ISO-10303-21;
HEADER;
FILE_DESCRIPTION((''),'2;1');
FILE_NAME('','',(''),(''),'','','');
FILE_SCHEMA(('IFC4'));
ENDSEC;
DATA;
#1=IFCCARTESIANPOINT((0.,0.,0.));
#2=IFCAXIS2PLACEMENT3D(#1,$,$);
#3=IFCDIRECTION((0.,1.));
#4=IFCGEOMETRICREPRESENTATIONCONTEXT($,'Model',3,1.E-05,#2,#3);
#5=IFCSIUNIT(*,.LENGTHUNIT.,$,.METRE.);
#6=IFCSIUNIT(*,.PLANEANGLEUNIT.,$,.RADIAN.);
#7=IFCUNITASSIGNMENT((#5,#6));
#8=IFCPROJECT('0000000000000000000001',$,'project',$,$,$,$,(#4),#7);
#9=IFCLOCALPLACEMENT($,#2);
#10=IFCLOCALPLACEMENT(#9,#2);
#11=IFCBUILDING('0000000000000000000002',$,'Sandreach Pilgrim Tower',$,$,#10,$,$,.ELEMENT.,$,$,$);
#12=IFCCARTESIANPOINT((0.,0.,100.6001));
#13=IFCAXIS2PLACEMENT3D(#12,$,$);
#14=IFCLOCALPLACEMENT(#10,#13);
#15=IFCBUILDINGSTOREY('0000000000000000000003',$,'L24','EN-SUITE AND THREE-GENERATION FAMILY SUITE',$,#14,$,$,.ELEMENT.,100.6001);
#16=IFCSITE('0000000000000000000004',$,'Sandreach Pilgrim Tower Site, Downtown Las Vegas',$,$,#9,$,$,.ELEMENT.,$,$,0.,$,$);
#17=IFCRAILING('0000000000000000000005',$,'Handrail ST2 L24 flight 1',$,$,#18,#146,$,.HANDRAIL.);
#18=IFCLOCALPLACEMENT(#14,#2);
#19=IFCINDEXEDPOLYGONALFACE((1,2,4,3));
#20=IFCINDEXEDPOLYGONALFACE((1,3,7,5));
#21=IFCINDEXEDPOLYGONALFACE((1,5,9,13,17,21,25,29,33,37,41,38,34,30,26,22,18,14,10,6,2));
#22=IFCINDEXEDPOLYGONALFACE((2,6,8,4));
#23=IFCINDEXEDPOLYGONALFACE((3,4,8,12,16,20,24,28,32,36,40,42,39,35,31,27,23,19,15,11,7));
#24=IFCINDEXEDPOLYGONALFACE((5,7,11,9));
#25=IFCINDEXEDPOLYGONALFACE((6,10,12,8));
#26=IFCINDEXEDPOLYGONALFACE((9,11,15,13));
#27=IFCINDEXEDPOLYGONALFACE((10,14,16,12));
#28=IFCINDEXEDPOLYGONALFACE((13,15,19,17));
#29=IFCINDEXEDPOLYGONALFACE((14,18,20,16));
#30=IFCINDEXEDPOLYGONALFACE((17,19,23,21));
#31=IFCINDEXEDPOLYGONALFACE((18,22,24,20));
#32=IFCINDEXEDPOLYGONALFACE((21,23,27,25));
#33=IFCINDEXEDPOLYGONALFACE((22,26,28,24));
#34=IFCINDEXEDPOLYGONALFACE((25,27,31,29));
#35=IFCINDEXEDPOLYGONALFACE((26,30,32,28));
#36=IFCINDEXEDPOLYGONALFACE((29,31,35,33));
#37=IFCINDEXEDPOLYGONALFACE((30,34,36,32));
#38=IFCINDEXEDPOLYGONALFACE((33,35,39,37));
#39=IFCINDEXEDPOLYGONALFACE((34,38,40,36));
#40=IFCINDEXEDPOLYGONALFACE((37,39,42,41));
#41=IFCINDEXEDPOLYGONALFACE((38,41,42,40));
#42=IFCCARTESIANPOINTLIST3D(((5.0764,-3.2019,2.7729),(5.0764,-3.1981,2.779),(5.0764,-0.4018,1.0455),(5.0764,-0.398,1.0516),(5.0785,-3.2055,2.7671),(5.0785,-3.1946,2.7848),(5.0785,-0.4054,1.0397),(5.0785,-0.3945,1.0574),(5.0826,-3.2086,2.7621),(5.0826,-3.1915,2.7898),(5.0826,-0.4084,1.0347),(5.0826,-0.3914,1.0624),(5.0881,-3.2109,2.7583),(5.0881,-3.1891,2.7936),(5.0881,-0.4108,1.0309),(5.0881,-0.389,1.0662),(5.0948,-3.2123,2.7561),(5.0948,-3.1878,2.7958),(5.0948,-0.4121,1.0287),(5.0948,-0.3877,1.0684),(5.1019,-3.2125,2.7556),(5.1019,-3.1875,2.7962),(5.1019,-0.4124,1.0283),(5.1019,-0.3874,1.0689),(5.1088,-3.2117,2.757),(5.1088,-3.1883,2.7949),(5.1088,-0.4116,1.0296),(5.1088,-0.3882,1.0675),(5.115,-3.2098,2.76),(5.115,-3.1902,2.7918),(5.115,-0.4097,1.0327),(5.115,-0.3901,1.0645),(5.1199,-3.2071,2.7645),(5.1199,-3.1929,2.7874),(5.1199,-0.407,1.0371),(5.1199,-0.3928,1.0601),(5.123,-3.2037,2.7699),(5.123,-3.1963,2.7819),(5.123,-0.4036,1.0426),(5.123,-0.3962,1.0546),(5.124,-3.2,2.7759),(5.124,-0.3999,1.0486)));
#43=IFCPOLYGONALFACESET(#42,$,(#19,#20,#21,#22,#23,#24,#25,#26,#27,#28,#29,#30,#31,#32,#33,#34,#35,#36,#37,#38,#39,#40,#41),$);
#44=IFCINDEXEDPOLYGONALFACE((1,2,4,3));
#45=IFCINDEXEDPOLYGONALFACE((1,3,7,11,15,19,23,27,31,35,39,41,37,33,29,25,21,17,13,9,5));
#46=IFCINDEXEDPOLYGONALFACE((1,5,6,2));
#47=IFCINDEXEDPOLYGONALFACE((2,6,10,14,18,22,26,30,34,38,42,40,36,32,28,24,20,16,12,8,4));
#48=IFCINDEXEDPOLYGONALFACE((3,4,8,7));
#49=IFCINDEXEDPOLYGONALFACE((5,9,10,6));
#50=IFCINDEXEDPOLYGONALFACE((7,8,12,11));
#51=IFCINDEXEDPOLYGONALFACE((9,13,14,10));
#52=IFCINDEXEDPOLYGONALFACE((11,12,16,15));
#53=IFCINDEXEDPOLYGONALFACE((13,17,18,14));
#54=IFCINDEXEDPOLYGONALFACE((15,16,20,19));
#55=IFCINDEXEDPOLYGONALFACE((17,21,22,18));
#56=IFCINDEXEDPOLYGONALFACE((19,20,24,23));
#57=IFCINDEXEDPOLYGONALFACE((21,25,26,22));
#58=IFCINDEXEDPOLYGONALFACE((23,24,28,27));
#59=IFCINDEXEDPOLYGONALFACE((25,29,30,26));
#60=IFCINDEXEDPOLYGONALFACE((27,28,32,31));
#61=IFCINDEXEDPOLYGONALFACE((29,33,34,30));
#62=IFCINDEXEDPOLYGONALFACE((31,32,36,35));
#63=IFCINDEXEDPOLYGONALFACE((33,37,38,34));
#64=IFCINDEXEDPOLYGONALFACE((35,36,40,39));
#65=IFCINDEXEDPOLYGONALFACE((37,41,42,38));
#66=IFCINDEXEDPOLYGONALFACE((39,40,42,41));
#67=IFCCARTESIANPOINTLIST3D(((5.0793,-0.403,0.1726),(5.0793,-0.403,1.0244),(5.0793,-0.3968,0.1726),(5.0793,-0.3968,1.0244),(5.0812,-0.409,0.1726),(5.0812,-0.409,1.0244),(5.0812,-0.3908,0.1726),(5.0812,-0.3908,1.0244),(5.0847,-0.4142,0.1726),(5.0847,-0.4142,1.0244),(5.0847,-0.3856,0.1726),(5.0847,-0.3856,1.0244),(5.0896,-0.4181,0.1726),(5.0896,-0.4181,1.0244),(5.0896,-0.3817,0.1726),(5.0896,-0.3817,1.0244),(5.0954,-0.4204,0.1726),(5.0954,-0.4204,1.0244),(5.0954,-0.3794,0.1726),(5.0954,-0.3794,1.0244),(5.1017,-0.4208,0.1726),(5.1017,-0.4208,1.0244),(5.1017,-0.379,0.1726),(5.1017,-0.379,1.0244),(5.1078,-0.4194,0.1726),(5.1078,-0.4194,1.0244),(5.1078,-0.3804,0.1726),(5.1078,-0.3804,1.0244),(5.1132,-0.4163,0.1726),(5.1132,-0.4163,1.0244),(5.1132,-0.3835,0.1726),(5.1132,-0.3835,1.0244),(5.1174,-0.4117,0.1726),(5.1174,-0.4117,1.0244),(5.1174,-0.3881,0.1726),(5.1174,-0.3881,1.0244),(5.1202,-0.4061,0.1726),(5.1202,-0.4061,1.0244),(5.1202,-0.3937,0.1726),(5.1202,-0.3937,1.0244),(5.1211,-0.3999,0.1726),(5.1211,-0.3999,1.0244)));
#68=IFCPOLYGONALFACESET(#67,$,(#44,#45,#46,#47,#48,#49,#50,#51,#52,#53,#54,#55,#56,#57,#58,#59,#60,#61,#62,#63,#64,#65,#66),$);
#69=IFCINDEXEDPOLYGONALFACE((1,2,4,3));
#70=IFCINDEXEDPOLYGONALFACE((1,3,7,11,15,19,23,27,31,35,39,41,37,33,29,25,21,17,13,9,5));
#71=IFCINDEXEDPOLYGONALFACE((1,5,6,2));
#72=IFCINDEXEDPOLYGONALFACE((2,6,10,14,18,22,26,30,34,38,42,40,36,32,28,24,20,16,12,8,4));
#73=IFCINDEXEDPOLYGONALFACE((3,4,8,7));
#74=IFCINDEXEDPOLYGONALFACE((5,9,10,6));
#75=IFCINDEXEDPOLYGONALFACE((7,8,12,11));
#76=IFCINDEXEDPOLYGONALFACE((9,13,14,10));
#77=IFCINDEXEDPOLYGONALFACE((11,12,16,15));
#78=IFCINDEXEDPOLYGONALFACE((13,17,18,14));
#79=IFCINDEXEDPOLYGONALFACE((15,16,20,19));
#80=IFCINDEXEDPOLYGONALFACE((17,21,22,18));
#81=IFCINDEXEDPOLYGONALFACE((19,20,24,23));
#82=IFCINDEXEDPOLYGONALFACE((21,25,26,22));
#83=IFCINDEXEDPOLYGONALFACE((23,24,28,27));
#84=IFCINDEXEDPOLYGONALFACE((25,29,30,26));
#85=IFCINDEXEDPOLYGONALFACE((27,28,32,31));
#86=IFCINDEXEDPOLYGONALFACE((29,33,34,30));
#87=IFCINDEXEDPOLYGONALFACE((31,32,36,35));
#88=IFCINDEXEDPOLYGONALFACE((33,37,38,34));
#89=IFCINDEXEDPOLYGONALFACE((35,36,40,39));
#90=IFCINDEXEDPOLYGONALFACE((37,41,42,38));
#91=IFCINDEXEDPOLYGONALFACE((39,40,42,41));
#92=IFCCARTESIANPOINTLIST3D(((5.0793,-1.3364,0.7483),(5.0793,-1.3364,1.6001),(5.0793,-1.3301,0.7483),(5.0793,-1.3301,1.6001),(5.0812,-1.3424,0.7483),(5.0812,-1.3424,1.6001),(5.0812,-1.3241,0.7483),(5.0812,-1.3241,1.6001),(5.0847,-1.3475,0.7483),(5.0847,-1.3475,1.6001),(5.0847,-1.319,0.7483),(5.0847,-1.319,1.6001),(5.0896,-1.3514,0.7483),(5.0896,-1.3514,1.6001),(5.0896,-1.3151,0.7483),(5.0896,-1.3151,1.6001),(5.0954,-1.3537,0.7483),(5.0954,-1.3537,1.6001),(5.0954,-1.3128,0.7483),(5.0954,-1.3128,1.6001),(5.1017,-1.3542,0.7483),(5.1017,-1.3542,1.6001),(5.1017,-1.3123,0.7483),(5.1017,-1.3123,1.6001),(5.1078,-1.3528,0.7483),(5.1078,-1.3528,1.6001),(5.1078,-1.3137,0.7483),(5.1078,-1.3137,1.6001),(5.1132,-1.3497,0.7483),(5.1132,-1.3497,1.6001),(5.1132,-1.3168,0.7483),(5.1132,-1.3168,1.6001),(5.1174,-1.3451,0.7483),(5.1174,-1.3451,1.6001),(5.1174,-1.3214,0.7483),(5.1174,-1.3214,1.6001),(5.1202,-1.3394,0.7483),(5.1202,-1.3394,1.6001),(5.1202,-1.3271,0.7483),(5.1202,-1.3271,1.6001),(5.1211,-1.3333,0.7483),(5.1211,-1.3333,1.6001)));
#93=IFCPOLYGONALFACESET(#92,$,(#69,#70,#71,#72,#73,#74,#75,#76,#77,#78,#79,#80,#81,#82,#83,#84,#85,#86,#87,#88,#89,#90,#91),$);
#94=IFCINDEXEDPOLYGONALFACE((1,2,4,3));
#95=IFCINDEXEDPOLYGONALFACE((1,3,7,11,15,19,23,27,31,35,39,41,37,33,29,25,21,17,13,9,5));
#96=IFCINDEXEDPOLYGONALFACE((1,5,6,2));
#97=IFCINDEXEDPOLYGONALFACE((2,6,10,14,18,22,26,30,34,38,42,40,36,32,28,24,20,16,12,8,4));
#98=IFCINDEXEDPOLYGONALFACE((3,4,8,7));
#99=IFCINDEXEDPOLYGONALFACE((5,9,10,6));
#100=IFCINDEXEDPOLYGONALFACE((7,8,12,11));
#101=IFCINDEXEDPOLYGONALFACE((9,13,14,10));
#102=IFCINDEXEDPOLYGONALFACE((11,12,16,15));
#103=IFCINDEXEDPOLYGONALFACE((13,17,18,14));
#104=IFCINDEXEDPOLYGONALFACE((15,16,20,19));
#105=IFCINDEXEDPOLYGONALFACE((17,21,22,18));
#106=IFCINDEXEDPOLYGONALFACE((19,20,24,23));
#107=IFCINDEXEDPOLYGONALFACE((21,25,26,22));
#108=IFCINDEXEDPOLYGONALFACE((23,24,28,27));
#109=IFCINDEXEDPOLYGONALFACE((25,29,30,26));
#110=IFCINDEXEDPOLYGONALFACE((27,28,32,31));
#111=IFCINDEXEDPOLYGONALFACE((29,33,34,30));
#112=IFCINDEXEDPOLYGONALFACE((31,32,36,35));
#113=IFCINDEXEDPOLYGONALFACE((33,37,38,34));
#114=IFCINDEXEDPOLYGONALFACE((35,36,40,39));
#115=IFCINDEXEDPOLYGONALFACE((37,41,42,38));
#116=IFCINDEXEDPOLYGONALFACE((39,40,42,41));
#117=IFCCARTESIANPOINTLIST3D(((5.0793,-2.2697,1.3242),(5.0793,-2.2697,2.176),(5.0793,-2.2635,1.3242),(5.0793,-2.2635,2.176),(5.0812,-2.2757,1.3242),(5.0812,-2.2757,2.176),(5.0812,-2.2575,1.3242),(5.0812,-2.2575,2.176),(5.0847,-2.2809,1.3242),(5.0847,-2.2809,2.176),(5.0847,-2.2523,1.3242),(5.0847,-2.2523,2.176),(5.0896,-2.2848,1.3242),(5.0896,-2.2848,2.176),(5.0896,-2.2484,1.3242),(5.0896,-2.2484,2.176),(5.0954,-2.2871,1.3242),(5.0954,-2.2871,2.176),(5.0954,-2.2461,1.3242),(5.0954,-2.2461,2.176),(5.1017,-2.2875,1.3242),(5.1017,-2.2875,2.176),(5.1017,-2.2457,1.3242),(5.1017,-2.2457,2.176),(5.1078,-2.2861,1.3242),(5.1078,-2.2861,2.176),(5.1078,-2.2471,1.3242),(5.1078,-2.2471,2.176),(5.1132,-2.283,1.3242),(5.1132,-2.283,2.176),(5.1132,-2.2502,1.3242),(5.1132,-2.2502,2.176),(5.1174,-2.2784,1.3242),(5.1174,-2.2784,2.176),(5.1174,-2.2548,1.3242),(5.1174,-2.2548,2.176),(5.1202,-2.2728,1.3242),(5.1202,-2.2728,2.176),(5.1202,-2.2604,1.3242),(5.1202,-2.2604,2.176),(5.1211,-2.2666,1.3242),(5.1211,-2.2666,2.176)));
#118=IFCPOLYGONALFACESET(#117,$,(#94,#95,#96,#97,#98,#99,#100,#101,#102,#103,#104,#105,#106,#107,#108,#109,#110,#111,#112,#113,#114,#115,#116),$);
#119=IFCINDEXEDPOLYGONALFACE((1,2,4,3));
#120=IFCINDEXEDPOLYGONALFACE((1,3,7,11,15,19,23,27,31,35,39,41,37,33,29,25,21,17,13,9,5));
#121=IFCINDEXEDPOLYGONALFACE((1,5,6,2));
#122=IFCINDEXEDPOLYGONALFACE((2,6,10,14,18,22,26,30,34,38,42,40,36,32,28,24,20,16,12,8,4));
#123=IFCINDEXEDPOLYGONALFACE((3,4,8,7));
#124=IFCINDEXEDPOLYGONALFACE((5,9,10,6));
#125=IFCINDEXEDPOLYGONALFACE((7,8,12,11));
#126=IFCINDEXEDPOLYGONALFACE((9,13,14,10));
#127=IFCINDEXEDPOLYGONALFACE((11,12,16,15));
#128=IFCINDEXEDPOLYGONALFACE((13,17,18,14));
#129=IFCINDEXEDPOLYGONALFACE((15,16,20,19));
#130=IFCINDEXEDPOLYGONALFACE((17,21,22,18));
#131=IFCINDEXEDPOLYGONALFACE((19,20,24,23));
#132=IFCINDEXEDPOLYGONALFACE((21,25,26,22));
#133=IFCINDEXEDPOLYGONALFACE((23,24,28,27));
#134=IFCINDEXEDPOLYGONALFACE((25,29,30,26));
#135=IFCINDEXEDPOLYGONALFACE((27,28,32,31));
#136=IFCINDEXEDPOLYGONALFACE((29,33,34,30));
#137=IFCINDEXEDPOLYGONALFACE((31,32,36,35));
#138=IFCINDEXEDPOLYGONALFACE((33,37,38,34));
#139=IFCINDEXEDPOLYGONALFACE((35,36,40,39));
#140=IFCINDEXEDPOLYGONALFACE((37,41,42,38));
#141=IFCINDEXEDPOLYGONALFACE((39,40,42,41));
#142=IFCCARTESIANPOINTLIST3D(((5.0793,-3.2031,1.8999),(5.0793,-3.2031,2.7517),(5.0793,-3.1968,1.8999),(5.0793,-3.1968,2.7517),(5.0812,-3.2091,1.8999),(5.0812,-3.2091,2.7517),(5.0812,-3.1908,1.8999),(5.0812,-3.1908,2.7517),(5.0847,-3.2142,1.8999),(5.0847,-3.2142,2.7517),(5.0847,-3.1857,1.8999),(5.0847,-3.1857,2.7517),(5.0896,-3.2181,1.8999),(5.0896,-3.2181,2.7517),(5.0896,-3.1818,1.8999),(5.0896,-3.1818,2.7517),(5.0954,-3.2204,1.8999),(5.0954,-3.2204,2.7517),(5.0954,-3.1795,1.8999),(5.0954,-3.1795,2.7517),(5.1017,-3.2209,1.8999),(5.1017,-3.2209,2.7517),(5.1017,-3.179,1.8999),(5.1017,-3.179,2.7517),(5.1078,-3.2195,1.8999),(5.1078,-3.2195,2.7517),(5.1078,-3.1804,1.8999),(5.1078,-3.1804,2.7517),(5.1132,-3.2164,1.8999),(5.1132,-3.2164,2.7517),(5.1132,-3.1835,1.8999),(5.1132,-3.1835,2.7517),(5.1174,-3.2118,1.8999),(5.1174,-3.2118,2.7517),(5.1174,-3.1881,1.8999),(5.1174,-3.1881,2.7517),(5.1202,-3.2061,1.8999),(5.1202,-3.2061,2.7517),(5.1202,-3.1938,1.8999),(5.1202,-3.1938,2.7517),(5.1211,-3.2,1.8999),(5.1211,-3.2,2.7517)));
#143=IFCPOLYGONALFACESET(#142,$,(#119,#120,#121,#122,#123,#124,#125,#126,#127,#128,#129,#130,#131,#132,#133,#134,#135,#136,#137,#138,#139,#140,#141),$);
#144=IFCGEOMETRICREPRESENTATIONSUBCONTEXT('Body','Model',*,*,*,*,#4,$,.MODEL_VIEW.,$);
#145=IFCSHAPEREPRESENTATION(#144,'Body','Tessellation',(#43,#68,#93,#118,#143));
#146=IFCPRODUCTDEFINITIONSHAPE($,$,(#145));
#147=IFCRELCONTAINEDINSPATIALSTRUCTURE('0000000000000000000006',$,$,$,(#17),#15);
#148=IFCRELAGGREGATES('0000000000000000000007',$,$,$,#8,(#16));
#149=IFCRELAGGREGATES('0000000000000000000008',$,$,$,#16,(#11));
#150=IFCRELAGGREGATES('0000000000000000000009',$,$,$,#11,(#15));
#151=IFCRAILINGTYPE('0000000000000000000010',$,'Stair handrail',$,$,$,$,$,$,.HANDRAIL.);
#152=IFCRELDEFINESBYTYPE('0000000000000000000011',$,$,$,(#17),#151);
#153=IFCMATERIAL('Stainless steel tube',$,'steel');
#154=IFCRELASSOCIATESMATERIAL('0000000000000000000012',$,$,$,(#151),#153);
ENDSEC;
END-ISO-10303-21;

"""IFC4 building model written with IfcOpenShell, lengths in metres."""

from ifc_helpers import new_model, si_unit, direction, frame, origin, origin_2d, place, context, subcontext, project, spatial, circle, extrude, material, type_object, element, save


model = new_model("IFC4")

# Units and contexts
model_context = context("Model", 3, precision=1e-05, world=origin(), true_north=direction((0.0, 1.0)))
body_context = subcontext(model_context, "Body", "Model", "MODEL_VIEW")
ifc_project = project(units=[si_unit("LENGTHUNIT", "METRE"), si_unit("PLANEANGLEUNIT", "RADIAN")], contexts=[model_context])

# Site, building, storey
site_placement = place(None, origin())
site = spatial("IfcSite", under=ifc_project, at=site_placement, Name="Sandreach Pilgrim Tower Site, Downtown Las Vegas", CompositionType="ELEMENT", RefElevation=0.0)
building_placement = place(site_placement, origin())
building = spatial("IfcBuilding", under=site, at=building_placement, Name="Sandreach Pilgrim Tower", CompositionType="ELEMENT")
storey_placement = place(building_placement, frame((0.0, 0.0, 100.6001)))
storey = spatial("IfcBuildingStorey", under=building, at=storey_placement, Name="L24", Description="EN-SUITE AND THREE-GENERATION FAMILY SUITE", CompositionType="ELEMENT", Elevation=100.6001)

# Railing
ifc_material_1 = material(Name="Stainless steel tube", Category="steel")
railing_type = type_object("IfcRailingType", Name="Stair handrail", PredefinedType="HANDRAIL", material=ifc_material_1)
for number, where, name in (
    (1, (5.1001, -0.3999, 0.1726), "Handrail ST2 L24 flight 1"),
):
    element("IfcRailing", number, at=place(storey_placement, frame(where)), inside=storey, type_object=railing_type, Name=name, PredefinedType="HANDRAIL", context=body_context, shape_type="SweptSolid", body=[
        extrude(circle(Radius=0.0239, at=origin_2d()), frame((0.0, 0.0, 0.876), z_axis=(0.0, -0.85109, 0.52502), x_axis=(1.0, 0.0, 0.0)), (0.0, 0.0, 1.0), 3.29),
        extrude(circle(Radius=0.021, at=origin_2d()), origin(), (0.0, 0.0, 1.0), 0.8518),
        extrude(circle(Radius=0.021, at=origin_2d()), frame((0.0, -0.9333, 0.5757)), (0.0, 0.0, 1.0), 0.8518),
        extrude(circle(Radius=0.021, at=origin_2d()), frame((0.0, -1.8667, 1.1516)), (0.0, 0.0, 1.0), 0.8518),
        extrude(circle(Radius=0.021, at=origin_2d()), frame((0.0, -2.8, 1.7273)), (0.0, 0.0, 1.0), 0.8518),
    ])

save(model, "model.ifc")
